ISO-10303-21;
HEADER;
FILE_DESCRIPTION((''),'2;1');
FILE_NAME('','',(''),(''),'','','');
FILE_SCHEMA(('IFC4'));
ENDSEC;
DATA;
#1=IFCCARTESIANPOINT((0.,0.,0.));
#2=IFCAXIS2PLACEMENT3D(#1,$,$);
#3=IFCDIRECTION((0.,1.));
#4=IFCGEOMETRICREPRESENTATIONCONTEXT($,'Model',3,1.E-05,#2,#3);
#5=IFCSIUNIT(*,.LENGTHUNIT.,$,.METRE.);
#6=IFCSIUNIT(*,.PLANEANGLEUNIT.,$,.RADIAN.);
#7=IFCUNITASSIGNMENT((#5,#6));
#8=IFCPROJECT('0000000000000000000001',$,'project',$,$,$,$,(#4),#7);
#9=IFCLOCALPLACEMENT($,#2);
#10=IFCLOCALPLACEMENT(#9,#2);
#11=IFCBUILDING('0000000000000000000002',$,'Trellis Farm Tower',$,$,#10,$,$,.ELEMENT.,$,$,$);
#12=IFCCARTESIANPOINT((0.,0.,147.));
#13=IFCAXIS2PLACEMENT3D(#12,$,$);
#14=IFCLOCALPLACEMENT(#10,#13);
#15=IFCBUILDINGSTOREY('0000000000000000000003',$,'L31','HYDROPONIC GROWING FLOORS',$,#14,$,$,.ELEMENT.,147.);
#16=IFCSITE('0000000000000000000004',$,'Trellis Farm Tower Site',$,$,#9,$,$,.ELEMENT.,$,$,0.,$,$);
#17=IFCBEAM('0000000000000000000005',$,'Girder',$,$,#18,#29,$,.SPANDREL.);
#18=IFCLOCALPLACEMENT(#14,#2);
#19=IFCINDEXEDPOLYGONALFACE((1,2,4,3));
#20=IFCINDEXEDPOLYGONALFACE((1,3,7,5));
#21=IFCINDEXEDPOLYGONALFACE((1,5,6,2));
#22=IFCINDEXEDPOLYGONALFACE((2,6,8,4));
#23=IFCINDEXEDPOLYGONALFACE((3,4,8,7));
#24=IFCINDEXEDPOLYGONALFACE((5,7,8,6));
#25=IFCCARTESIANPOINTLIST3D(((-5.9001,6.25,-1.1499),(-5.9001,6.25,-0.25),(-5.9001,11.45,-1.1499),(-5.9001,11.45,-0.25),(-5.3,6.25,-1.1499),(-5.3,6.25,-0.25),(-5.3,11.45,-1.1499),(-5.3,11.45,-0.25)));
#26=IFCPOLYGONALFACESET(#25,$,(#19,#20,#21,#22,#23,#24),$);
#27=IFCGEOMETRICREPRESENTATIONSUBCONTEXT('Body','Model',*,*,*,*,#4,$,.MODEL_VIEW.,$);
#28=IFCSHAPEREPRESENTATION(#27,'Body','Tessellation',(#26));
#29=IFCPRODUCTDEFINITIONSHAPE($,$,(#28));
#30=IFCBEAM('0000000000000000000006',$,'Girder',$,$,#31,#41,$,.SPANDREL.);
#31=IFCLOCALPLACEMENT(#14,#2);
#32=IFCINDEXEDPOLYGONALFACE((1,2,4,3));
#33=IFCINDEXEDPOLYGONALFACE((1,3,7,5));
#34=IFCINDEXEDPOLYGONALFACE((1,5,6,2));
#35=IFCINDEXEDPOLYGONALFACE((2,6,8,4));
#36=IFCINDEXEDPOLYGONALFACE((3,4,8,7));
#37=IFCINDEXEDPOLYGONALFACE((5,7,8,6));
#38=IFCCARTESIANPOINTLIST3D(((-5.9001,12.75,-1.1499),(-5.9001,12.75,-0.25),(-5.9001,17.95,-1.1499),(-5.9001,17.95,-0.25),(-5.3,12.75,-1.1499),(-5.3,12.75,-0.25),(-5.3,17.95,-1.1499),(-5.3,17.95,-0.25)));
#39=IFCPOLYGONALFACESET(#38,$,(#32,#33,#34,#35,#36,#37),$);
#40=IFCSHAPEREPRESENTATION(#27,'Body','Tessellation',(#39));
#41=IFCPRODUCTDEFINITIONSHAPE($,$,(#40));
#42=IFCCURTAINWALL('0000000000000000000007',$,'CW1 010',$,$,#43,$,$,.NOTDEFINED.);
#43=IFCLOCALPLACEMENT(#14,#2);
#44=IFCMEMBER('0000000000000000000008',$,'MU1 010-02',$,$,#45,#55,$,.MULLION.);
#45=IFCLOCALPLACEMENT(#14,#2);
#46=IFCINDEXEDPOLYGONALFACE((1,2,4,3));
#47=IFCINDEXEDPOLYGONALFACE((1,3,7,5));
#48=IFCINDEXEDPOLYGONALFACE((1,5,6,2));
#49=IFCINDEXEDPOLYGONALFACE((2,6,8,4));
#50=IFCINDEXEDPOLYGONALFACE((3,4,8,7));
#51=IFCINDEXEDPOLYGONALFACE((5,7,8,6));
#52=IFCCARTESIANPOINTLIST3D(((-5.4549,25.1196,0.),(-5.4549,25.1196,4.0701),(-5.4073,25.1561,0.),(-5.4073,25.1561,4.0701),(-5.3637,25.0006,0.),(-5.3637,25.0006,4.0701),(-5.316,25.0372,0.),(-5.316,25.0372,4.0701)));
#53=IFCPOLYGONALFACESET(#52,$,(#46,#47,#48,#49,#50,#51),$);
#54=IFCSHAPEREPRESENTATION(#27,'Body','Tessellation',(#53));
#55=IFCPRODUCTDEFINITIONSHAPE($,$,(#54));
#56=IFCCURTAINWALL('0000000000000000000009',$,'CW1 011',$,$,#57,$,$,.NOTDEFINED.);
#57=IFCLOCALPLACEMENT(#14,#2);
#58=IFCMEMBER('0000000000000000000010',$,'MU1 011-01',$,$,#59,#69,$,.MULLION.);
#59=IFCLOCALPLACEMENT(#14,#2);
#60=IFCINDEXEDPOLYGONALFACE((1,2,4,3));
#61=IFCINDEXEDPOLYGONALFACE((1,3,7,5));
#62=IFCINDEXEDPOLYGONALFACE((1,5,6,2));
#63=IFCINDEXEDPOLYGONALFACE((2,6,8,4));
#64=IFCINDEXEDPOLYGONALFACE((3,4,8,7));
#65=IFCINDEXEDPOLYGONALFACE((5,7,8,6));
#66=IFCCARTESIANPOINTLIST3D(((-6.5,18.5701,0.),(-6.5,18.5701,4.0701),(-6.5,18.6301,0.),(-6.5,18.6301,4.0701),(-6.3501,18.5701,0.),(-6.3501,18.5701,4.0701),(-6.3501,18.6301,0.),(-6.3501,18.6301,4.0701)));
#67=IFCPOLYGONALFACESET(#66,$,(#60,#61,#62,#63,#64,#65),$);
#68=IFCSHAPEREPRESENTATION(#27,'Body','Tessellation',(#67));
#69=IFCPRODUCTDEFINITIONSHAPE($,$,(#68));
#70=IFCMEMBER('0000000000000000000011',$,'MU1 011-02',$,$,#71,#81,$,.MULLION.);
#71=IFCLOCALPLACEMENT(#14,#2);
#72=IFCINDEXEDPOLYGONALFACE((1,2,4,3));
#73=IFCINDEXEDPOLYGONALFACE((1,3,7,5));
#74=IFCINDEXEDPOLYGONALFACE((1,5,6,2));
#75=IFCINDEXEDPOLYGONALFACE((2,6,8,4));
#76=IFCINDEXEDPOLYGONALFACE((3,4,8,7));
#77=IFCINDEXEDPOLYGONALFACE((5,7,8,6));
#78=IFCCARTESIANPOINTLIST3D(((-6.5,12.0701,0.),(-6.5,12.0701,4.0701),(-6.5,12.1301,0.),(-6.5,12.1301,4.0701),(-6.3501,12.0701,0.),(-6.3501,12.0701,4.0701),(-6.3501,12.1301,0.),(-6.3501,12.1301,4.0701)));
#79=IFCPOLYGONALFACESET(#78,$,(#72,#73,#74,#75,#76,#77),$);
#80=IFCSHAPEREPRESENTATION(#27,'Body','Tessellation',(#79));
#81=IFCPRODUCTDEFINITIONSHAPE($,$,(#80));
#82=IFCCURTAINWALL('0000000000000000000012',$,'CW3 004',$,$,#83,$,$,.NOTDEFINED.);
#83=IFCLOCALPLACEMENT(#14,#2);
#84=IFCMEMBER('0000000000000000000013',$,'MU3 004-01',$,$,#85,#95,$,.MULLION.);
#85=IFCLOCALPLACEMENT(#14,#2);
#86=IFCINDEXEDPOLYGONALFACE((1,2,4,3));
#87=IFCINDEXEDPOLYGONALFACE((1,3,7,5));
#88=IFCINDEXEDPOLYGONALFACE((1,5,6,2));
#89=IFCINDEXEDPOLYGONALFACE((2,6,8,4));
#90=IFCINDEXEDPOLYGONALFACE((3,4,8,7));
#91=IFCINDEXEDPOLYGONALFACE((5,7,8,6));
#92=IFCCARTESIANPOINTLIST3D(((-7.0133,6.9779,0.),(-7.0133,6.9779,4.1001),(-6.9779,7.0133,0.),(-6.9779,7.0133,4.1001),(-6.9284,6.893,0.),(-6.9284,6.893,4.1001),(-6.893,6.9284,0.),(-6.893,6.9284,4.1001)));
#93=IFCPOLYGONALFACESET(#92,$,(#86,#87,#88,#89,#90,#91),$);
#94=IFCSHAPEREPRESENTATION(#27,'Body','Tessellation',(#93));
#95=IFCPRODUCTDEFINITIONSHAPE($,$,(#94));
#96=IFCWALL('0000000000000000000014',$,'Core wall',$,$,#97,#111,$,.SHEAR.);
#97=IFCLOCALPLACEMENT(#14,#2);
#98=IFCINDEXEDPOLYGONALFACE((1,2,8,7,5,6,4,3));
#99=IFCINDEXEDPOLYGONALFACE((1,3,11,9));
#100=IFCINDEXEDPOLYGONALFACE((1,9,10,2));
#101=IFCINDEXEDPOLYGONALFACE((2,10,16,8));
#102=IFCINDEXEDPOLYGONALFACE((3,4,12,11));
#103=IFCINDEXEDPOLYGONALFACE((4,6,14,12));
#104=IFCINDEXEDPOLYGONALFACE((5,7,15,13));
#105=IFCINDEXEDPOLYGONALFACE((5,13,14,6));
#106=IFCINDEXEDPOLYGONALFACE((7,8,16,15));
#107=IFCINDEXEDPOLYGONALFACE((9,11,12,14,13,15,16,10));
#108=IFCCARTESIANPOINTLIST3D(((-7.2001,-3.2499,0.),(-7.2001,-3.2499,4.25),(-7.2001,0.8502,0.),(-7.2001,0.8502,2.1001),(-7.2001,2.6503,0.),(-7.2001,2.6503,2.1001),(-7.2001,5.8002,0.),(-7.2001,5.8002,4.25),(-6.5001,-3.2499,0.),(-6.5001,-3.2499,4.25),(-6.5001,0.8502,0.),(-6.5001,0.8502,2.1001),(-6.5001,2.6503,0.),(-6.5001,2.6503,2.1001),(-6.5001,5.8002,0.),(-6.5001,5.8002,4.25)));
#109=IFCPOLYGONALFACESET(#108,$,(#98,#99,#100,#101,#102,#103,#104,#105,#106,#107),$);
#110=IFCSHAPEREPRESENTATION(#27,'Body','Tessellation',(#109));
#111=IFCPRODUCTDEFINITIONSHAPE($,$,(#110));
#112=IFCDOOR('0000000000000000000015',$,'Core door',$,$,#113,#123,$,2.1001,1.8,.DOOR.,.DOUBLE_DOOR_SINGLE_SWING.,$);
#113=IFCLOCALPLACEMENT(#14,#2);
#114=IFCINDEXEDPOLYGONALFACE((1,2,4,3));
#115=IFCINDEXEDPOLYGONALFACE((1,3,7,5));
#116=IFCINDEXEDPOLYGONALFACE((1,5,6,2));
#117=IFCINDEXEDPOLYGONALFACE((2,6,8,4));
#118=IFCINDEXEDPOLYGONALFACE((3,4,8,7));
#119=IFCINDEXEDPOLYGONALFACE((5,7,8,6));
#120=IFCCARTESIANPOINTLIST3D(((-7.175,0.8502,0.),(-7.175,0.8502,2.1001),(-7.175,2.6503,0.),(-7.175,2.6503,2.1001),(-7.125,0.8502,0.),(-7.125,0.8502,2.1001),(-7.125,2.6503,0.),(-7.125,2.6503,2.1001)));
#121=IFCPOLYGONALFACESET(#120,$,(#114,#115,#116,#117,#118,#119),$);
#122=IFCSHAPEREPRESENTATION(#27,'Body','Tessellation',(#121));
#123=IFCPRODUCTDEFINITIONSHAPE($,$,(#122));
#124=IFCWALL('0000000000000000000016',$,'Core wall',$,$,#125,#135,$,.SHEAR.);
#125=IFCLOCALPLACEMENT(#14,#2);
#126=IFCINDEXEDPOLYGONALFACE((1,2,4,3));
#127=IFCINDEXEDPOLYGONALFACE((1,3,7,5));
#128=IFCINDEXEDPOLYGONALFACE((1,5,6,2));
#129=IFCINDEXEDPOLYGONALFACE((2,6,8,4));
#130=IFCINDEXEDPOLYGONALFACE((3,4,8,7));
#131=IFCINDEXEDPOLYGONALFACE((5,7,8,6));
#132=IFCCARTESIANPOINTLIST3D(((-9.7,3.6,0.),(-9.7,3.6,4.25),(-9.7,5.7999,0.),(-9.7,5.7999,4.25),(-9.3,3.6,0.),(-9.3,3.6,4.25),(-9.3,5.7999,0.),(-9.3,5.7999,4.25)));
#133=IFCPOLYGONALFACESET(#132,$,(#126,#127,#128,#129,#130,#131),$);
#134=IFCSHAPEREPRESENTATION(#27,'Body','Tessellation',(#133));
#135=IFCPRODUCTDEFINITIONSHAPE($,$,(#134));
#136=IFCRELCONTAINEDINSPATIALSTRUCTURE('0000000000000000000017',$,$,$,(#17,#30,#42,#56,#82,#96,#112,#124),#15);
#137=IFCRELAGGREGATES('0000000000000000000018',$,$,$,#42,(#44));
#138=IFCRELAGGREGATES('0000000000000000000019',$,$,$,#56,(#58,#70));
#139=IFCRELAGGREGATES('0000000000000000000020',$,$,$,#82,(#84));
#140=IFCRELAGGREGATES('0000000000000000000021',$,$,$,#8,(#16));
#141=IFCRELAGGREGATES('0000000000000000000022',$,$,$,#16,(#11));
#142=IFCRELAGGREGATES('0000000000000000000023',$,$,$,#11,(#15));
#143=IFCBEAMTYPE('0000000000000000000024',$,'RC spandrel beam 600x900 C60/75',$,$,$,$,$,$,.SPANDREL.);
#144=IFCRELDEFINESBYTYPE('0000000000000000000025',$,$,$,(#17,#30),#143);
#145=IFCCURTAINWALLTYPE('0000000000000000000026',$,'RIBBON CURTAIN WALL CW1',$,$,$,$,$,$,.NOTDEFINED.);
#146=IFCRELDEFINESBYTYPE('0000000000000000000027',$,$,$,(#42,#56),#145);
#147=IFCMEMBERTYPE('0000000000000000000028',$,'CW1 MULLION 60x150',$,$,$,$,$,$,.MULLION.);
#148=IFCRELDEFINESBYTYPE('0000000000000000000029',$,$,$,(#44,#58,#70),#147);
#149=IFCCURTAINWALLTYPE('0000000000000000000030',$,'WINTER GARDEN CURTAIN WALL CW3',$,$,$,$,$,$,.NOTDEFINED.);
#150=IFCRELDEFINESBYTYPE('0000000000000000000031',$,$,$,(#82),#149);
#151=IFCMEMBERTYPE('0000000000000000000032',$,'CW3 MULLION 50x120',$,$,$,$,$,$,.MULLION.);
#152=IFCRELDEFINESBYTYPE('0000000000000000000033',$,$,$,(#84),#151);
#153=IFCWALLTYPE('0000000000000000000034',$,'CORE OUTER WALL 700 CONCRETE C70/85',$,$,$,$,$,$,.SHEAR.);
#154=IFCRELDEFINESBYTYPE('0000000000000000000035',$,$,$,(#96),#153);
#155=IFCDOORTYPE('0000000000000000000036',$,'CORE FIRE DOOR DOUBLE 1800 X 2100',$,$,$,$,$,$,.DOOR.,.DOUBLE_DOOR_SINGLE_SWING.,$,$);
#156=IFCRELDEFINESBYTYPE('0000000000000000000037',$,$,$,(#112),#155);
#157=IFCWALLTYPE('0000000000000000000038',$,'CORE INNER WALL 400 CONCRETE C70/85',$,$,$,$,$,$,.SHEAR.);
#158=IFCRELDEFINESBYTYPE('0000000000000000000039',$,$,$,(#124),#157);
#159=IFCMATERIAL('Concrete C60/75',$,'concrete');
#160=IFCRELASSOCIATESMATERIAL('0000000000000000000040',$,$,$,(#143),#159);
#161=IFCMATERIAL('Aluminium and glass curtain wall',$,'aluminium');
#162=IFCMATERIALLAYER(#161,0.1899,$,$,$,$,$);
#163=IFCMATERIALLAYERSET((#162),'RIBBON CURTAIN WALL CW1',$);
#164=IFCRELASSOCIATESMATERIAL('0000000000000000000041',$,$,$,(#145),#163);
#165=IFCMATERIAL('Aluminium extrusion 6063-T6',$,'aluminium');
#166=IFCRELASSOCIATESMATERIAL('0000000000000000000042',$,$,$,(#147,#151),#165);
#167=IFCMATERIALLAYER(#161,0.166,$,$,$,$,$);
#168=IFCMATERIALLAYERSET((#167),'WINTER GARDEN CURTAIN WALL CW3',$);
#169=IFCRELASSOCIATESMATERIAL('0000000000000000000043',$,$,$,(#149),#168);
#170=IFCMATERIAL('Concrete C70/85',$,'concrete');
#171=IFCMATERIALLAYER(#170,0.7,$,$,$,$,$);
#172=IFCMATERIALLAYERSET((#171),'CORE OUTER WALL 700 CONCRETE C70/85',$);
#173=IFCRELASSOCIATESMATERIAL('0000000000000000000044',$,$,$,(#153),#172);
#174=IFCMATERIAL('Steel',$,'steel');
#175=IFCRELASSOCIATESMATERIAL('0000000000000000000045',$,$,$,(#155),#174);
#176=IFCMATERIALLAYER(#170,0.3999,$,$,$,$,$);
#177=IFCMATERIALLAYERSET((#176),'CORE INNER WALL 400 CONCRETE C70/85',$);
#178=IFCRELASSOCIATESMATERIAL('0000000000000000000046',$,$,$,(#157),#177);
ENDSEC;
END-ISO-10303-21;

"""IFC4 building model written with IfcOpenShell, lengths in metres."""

from ifc_helpers import new_model, si_unit, direction, frame, frame_2d, origin, origin_2d, place, context, subcontext, project, spatial, rectangle, extrude, source, transform, mapped, material, layer, layer_set, material_profile, profile_set, type_object, element, fill, aggregate, save


model = new_model("IFC4")

# Units and contexts
model_context = context("Model", 3, precision=1e-05, world=origin(), true_north=direction((0.0, 1.0)))
body_context = subcontext(model_context, "Body", "Model", "MODEL_VIEW")
ifc_project = project(units=[si_unit("LENGTHUNIT", "METRE"), si_unit("PLANEANGLEUNIT", "RADIAN")], contexts=[model_context])

# Site, building, storey
site_placement = place(None, origin())
site = spatial("IfcSite", under=ifc_project, at=site_placement, Name="Trellis Farm Tower Site", CompositionType="ELEMENT", RefElevation=0.0)
building_placement = place(site_placement, origin())
building = spatial("IfcBuilding", under=site, at=building_placement, Name="Trellis Farm Tower", CompositionType="ELEMENT")
storey_placement = place(building_placement, frame((0.0, 0.0, 147.0)))
storey = spatial("IfcBuildingStorey", under=building, at=storey_placement, Name="L31", Description="HYDROPONIC GROWING FLOORS", CompositionType="ELEMENT", Elevation=147.0)

# Beams
ifc_material_1 = material(Name="Concrete C60/75", Category="concrete")
ifc_material_profile_1 = material_profile(ifc_material_1, rectangle(XDim=0.6001, YDim=0.8999, at=origin_2d()), Name="RC spandrel beam 600x900 C60/75")
ifc_profile_set_1 = profile_set([ifc_material_profile_1], Name="Concrete C60/75")
beam_type_1 = type_object("IfcBeamType", Name="RC spandrel beam 600x900 C60/75", PredefinedType="SPANDREL", material=ifc_profile_set_1)
shared_shape_1 = source(origin(), body_context, "Body", "SweptSolid", [
    extrude(rectangle(XDim=0.6001, YDim=0.8999, at=origin_2d()), origin(), (0.0, 0.0, 1.0), 5.2),
])
for number, where, z_axis, x_axis, name in (
    (1, (-5.6001, 6.25, -0.7), (0.0, 1.0, 0.0), (-1.0, 0.0, 0.0), "Girder"),
    (2, (-5.6001, 12.75, -0.7), (0.0, 1.0, 0.0), (-1.0, 0.0, 0.0), "Girder"),
):
    element("IfcBeam", number, at=place(storey_placement, frame(where, z_axis=z_axis, x_axis=x_axis)), inside=storey, type_object=beam_type_1, Name=name, PredefinedType="SPANDREL", context=body_context, shape_type="MappedRepresentation", body=[
        mapped(shared_shape_1, transform((0.0, 0.0, 0.0))),
    ])

# Curtain wall, member
ifc_material_2 = material(Name="Aluminium and glass curtain wall", Category="aluminium")
ifc_layer_1 = layer(ifc_material_2, 0.1899)
ifc_layer_set_1 = layer_set([ifc_layer_1], Name="RIBBON CURTAIN WALL CW1")
curtain_wall_type_1 = type_object("IfcCurtainWallType", Name="RIBBON CURTAIN WALL CW1", PredefinedType="NOTDEFINED", material=ifc_layer_set_1)
placement = place(storey_placement, origin())
curtain_wall_1 = element("IfcCurtainWall", 3, at=placement, inside=storey, type_object=curtain_wall_type_1, Name="CW1 010", PredefinedType="NOTDEFINED")
ifc_material_3 = material(Name="Aluminium extrusion 6063-T6", Category="aluminium")
ifc_material_profile_2 = material_profile(ifc_material_3, rectangle(XDim=0.0601, YDim=0.1499, at=origin_2d()), Name="MULLION 60x150")
ifc_profile_set_2 = profile_set([ifc_material_profile_2], Name="Aluminium extrusion 6063-T6")
member_type_1 = type_object("IfcMemberType", Name="CW1 MULLION 60x150", PredefinedType="MULLION", material=ifc_profile_set_2)
shared_shape_2 = source(origin(), body_context, "Body", "SweptSolid", [
    extrude(rectangle(XDim=0.0601, YDim=0.1499, at=origin_2d()), origin(), (0.0, 0.0, 1.0), 4.0701),
])
member_1_placement = place(storey_placement, frame((-5.3855, 25.0784, 0.0), z_axis=(0.0, 0.0, 1.0), x_axis=(-0.793353, -0.608761, 0.0)))
member_1 = element("IfcMember", 4, at=member_1_placement, type_object=member_type_1, Name="MU1 010-02", PredefinedType="MULLION", context=body_context, shape_type="MappedRepresentation", body=[
    mapped(shared_shape_2, transform((0.0, 0.0, 0.0))),
])
aggregate(curtain_wall_1, [member_1])

# Curtain wall, members
curtain_wall_2 = element("IfcCurtainWall", 5, at=placement, inside=storey, type_object=curtain_wall_type_1, Name="CW1 011", PredefinedType="NOTDEFINED")
member_2_placement = place(storey_placement, frame((-6.425, 18.6001, 0.0), z_axis=(0.0, 0.0, 1.0), x_axis=(0.0, -1.0, 0.0)))
member_2 = element("IfcMember", 6, at=member_2_placement, type_object=member_type_1, Name="MU1 011-01", PredefinedType="MULLION", context=body_context, shape_type="MappedRepresentation", body=[
    mapped(shared_shape_2, transform((0.0, 0.0, 0.0))),
])
member_3_placement = place(storey_placement, frame((-6.425, 12.1001, 0.0), z_axis=(0.0, 0.0, 1.0), x_axis=(0.0, -1.0, 0.0)))
member_3 = element("IfcMember", 7, at=member_3_placement, type_object=member_type_1, Name="MU1 011-02", PredefinedType="MULLION", context=body_context, shape_type="MappedRepresentation", body=[
    mapped(shared_shape_2, transform((0.0, 0.0, 0.0))),
])
aggregate(curtain_wall_2, [member_2, member_3])

# Curtain wall, member
ifc_layer_2 = layer(ifc_material_2, 0.166)
ifc_layer_set_2 = layer_set([ifc_layer_2], Name="WINTER GARDEN CURTAIN WALL CW3")
curtain_wall_type_2 = type_object("IfcCurtainWallType", Name="WINTER GARDEN CURTAIN WALL CW3", PredefinedType="NOTDEFINED", material=ifc_layer_set_2)
curtain_wall_3 = element("IfcCurtainWall", 8, at=placement, inside=storey, type_object=curtain_wall_type_2, Name="CW3 004", PredefinedType="NOTDEFINED")
ifc_material_profile_3 = material_profile(ifc_material_3, rectangle(XDim=0.05, YDim=0.1201, at=origin_2d()), Name="MULLION 50x120")
ifc_profile_set_3 = profile_set([ifc_material_profile_3], Name="Aluminium extrusion 6063-T6")
member_type_2 = type_object("IfcMemberType", Name="CW3 MULLION 50x120", PredefinedType="MULLION", material=ifc_profile_set_3)
shared_shape_3 = source(origin(), body_context, "Body", "SweptSolid", [
    extrude(rectangle(XDim=0.05, YDim=0.1201, at=origin_2d()), origin(), (0.0, 0.0, 1.0), 4.1001),
])
member_4_placement = place(storey_placement, frame((-6.9531, 6.9531, 0.0), z_axis=(0.0, 0.0, 1.0), x_axis=(-0.707107, -0.707107, 0.0)))
member_4 = element("IfcMember", 9, at=member_4_placement, type_object=member_type_2, Name="MU3 004-01", PredefinedType="MULLION", context=body_context, shape_type="MappedRepresentation", body=[
    mapped(shared_shape_3, transform((0.0, 0.0, 0.0))),
])
aggregate(curtain_wall_3, [member_4])

# Wall, opening, door
ifc_material_4 = material(Name="Concrete C70/85", Category="concrete")
ifc_layer_3 = layer(ifc_material_4, 0.7)
ifc_layer_set_3 = layer_set([ifc_layer_3], Name="CORE OUTER WALL 700 CONCRETE C70/85")
wall_type_1 = type_object("IfcWallType", Name="CORE OUTER WALL 700 CONCRETE C70/85", PredefinedType="SHEAR", material=ifc_layer_set_3)
shared_shape_4 = source(origin(), body_context, "Body", "SweptSolid", [
    extrude(rectangle(XDim=9.05, YDim=0.7, at=frame_2d((4.5249, 0.0))), origin(), (0.0, 0.0, 1.0), 4.25),
])
wall_1_placement = place(storey_placement, frame((-6.8501, 5.8, 0.0), z_axis=(0.0, 0.0, 1.0), x_axis=(0.0, -1.0, 0.0)))
wall_1 = element("IfcWall", 10, at=wall_1_placement, inside=storey, type_object=wall_type_1, Name="Core wall", PredefinedType="SHEAR", context=body_context, shape_type="MappedRepresentation", body=[
    mapped(shared_shape_4, transform((0.0, 0.0, 0.0))),
])
shared_shape_5 = source(origin(), body_context, "Body", "SweptSolid", [
    extrude(rectangle(XDim=1.8, YDim=2.1001, at=frame_2d((0.8999, 1.05))), frame((0.0, 0.3601, 0.0), z_axis=(0.0, -1.0, 0.0), x_axis=(1.0, 0.0, 0.0)), (0.0, 0.0, 1.0), 0.7202),
])
opening_1_placement = place(wall_1_placement, frame((3.1499, 0.0, 0.0)))
opening_1 = element("IfcOpeningElement", 11, at=opening_1_placement, cuts=wall_1, PredefinedType="OPENING", context=body_context, shape_type="MappedRepresentation", body=[
    mapped(shared_shape_5, transform((0.0, 0.0, 0.0))),
])
ifc_material_5 = material(Name="Steel", Category="steel")
door_type_1 = type_object("IfcDoorType", Name="CORE FIRE DOOR DOUBLE 1800 X 2100", OperationType="DOUBLE_DOOR_SINGLE_SWING", PredefinedType="DOOR", material=ifc_material_5)
shared_shape_6 = source(origin(), body_context, "Body", "SweptSolid", [
    extrude(rectangle(XDim=1.8, YDim=2.1001, at=frame_2d((0.8999, 1.05))), frame((0.0, -0.2749, 0.0), z_axis=(0.0, -1.0, 0.0), x_axis=(1.0, 0.0, 0.0)), (0.0, 0.0, 1.0), 0.05),
])
door_1_placement = place(opening_1_placement, origin())
door_1 = element("IfcDoor", 12, at=door_1_placement, inside=storey, type_object=door_type_1, Name="Core door", OperationType="DOUBLE_DOOR_SINGLE_SWING", OverallHeight=2.1001, OverallWidth=1.8, PredefinedType="DOOR", context=body_context, shape_type="MappedRepresentation", body=[
    mapped(shared_shape_6, transform((0.0, 0.0, 0.0))),
])
fill(opening_1, door_1)

# Wall
ifc_layer_4 = layer(ifc_material_4, 0.3999)
ifc_layer_set_4 = layer_set([ifc_layer_4], Name="CORE INNER WALL 400 CONCRETE C70/85")
wall_type_2 = type_object("IfcWallType", Name="CORE INNER WALL 400 CONCRETE C70/85", PredefinedType="SHEAR", material=ifc_layer_set_4)
shared_shape_7 = source(origin(), body_context, "Body", "SweptSolid", [
    extrude(rectangle(XDim=2.2, YDim=0.3999, at=frame_2d((1.1001, 0.0))), origin(), (0.0, 0.0, 1.0), 4.25),
])
wall_2_placement = place(storey_placement, frame((-9.5, 5.8, 0.0), z_axis=(0.0, 0.0, 1.0), x_axis=(0.0, -1.0, 0.0)))
element("IfcWall", 13, at=wall_2_placement, inside=storey, type_object=wall_type_2, Name="Core wall", PredefinedType="SHEAR", context=body_context, shape_type="MappedRepresentation", body=[
    mapped(shared_shape_7, transform((0.0, 0.0, 0.0))),
])

save(model, "model.ifc")
